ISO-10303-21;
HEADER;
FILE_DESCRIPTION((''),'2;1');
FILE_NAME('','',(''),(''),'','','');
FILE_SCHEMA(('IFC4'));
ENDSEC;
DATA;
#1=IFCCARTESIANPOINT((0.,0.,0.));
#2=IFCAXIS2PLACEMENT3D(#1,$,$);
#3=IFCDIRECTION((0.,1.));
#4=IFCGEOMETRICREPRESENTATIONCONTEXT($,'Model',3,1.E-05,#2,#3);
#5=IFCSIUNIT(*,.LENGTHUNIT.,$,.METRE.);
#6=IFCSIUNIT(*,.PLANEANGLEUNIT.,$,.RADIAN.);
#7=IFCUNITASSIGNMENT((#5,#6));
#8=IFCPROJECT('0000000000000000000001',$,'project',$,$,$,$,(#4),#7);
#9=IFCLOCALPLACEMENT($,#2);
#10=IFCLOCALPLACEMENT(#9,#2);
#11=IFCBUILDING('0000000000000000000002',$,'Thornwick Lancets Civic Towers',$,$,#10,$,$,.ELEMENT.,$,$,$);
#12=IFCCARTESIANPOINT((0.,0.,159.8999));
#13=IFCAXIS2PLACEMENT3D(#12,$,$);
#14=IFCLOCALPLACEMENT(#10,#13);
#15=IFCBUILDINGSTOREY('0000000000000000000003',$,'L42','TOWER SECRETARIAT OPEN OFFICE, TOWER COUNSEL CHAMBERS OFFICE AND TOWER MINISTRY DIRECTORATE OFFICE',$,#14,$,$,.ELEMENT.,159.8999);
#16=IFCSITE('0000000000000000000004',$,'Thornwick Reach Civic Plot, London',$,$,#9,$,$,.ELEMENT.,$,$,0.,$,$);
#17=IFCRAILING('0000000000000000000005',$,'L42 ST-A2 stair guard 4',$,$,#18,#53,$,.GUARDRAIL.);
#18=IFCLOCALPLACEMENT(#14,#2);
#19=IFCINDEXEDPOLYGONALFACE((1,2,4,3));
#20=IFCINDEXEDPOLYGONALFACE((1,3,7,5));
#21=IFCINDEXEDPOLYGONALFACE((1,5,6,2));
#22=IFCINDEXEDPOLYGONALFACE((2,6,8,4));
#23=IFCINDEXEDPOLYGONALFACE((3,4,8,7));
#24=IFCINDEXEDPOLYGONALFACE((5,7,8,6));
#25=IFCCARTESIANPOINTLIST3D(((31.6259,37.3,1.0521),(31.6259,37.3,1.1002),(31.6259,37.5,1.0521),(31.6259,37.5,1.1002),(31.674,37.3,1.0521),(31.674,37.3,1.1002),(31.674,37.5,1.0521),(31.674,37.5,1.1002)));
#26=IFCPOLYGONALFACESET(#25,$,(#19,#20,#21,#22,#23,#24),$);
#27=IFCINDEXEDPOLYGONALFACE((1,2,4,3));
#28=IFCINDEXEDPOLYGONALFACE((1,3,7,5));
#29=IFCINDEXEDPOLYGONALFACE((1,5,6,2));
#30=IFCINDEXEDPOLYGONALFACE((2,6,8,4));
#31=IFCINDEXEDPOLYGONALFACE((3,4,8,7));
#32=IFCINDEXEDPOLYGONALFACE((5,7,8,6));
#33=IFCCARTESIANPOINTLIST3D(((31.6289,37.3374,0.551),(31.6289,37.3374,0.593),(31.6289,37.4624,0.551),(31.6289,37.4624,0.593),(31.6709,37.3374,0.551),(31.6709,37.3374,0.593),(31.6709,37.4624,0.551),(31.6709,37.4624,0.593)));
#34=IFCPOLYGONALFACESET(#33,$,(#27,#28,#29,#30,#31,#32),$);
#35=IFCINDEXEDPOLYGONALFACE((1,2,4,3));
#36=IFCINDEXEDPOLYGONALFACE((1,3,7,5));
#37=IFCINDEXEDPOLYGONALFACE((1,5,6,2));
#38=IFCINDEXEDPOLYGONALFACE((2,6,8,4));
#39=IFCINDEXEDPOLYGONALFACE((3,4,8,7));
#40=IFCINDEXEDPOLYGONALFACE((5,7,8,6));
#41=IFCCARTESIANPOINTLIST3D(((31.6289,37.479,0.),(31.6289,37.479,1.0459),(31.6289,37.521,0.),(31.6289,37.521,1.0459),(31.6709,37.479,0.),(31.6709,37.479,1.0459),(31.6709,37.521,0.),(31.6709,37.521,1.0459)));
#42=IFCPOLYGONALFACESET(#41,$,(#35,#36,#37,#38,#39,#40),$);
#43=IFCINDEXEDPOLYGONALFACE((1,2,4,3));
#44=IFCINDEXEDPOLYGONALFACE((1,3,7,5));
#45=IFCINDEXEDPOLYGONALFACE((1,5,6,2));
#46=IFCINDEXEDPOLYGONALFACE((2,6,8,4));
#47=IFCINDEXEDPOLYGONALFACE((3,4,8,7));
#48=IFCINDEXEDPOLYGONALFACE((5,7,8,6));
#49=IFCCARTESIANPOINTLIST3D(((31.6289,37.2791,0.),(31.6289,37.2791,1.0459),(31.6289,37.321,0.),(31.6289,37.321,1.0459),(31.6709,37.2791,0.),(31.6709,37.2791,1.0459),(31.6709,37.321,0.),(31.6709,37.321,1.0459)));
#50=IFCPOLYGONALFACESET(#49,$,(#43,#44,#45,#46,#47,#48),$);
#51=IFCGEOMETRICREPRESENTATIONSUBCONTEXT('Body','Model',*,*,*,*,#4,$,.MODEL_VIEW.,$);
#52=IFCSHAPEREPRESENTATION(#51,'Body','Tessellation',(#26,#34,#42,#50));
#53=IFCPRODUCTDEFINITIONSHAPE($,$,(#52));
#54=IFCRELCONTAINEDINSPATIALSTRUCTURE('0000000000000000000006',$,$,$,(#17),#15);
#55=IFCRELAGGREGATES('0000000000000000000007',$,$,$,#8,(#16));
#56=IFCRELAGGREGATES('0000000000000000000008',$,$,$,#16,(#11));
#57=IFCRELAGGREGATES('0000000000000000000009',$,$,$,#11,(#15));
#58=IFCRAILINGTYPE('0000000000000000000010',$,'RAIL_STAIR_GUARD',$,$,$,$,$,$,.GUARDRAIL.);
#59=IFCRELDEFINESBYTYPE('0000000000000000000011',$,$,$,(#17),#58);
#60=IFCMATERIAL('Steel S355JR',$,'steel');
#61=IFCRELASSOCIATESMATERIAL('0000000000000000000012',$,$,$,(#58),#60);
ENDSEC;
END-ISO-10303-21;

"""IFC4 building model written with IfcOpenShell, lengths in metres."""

from ifc_helpers import new_model, si_unit, direction, frame, origin, origin_2d, place, context, subcontext, project, spatial, rectangle, extrude, material, type_object, element, save


model = new_model("IFC4")

# Units and contexts
model_context = context("Model", 3, precision=1e-05, world=origin(), true_north=direction((0.0, 1.0)))
body_context = subcontext(model_context, "Body", "Model", "MODEL_VIEW")
ifc_project = project(units=[si_unit("LENGTHUNIT", "METRE"), si_unit("PLANEANGLEUNIT", "RADIAN")], contexts=[model_context])

# Site, building, storey
site_placement = place(None, origin())
site = spatial("IfcSite", under=ifc_project, at=site_placement, Name="Thornwick Reach Civic Plot, London", CompositionType="ELEMENT", RefElevation=0.0)
building_placement = place(site_placement, origin())
building = spatial("IfcBuilding", under=site, at=building_placement, Name="Thornwick Lancets Civic Towers", CompositionType="ELEMENT")
storey_placement = place(building_placement, frame((0.0, 0.0, 159.8999)))
storey = spatial("IfcBuildingStorey", under=building, at=storey_placement, Name="L42", Description="TOWER SECRETARIAT OPEN OFFICE, TOWER COUNSEL CHAMBERS OFFICE AND TOWER MINISTRY DIRECTORATE OFFICE", CompositionType="ELEMENT", Elevation=159.8999)

# Shared definitions
ifc_material_1 = material(Name="Steel S355JR", Category="steel")

# Railing
railing_type_1 = type_object("IfcRailingType", Name="RAIL_STAIR_GUARD", PredefinedType="GUARDRAIL", material=ifc_material_1)
railing_1_placement = place(storey_placement, frame((31.6499, 37.5, 0.0)))
element("IfcRailing", 1, at=railing_1_placement, inside=storey, type_object=railing_type_1, Name="L42 ST-A2 stair guard 4", PredefinedType="GUARDRAIL", context=body_context, shape_type="SweptSolid", body=[
    extrude(rectangle(XDim=0.0481, YDim=0.0481, at=origin_2d()), frame((0.0, 0.0, 1.0762), z_axis=(0.0, -1.0, 0.0), x_axis=(1.0, 0.0, 0.0)), (0.0, 0.0, 1.0), 0.2),
    extrude(rectangle(XDim=0.042, YDim=0.042, at=origin_2d()), frame((0.0, -0.0376, 0.572), z_axis=(0.0, -1.0, 0.0), x_axis=(1.0, 0.0, 0.0)), (0.0, 0.0, 1.0), 0.125),
    extrude(rectangle(XDim=0.042, YDim=0.042, at=origin_2d()), origin(), (0.0, 0.0, 1.0), 1.0459),
    extrude(rectangle(XDim=0.042, YDim=0.042, at=origin_2d()), frame((0.0, -0.2, 0.0)), (0.0, 0.0, 1.0), 1.0459),
])

save(model, "model.ifc")
